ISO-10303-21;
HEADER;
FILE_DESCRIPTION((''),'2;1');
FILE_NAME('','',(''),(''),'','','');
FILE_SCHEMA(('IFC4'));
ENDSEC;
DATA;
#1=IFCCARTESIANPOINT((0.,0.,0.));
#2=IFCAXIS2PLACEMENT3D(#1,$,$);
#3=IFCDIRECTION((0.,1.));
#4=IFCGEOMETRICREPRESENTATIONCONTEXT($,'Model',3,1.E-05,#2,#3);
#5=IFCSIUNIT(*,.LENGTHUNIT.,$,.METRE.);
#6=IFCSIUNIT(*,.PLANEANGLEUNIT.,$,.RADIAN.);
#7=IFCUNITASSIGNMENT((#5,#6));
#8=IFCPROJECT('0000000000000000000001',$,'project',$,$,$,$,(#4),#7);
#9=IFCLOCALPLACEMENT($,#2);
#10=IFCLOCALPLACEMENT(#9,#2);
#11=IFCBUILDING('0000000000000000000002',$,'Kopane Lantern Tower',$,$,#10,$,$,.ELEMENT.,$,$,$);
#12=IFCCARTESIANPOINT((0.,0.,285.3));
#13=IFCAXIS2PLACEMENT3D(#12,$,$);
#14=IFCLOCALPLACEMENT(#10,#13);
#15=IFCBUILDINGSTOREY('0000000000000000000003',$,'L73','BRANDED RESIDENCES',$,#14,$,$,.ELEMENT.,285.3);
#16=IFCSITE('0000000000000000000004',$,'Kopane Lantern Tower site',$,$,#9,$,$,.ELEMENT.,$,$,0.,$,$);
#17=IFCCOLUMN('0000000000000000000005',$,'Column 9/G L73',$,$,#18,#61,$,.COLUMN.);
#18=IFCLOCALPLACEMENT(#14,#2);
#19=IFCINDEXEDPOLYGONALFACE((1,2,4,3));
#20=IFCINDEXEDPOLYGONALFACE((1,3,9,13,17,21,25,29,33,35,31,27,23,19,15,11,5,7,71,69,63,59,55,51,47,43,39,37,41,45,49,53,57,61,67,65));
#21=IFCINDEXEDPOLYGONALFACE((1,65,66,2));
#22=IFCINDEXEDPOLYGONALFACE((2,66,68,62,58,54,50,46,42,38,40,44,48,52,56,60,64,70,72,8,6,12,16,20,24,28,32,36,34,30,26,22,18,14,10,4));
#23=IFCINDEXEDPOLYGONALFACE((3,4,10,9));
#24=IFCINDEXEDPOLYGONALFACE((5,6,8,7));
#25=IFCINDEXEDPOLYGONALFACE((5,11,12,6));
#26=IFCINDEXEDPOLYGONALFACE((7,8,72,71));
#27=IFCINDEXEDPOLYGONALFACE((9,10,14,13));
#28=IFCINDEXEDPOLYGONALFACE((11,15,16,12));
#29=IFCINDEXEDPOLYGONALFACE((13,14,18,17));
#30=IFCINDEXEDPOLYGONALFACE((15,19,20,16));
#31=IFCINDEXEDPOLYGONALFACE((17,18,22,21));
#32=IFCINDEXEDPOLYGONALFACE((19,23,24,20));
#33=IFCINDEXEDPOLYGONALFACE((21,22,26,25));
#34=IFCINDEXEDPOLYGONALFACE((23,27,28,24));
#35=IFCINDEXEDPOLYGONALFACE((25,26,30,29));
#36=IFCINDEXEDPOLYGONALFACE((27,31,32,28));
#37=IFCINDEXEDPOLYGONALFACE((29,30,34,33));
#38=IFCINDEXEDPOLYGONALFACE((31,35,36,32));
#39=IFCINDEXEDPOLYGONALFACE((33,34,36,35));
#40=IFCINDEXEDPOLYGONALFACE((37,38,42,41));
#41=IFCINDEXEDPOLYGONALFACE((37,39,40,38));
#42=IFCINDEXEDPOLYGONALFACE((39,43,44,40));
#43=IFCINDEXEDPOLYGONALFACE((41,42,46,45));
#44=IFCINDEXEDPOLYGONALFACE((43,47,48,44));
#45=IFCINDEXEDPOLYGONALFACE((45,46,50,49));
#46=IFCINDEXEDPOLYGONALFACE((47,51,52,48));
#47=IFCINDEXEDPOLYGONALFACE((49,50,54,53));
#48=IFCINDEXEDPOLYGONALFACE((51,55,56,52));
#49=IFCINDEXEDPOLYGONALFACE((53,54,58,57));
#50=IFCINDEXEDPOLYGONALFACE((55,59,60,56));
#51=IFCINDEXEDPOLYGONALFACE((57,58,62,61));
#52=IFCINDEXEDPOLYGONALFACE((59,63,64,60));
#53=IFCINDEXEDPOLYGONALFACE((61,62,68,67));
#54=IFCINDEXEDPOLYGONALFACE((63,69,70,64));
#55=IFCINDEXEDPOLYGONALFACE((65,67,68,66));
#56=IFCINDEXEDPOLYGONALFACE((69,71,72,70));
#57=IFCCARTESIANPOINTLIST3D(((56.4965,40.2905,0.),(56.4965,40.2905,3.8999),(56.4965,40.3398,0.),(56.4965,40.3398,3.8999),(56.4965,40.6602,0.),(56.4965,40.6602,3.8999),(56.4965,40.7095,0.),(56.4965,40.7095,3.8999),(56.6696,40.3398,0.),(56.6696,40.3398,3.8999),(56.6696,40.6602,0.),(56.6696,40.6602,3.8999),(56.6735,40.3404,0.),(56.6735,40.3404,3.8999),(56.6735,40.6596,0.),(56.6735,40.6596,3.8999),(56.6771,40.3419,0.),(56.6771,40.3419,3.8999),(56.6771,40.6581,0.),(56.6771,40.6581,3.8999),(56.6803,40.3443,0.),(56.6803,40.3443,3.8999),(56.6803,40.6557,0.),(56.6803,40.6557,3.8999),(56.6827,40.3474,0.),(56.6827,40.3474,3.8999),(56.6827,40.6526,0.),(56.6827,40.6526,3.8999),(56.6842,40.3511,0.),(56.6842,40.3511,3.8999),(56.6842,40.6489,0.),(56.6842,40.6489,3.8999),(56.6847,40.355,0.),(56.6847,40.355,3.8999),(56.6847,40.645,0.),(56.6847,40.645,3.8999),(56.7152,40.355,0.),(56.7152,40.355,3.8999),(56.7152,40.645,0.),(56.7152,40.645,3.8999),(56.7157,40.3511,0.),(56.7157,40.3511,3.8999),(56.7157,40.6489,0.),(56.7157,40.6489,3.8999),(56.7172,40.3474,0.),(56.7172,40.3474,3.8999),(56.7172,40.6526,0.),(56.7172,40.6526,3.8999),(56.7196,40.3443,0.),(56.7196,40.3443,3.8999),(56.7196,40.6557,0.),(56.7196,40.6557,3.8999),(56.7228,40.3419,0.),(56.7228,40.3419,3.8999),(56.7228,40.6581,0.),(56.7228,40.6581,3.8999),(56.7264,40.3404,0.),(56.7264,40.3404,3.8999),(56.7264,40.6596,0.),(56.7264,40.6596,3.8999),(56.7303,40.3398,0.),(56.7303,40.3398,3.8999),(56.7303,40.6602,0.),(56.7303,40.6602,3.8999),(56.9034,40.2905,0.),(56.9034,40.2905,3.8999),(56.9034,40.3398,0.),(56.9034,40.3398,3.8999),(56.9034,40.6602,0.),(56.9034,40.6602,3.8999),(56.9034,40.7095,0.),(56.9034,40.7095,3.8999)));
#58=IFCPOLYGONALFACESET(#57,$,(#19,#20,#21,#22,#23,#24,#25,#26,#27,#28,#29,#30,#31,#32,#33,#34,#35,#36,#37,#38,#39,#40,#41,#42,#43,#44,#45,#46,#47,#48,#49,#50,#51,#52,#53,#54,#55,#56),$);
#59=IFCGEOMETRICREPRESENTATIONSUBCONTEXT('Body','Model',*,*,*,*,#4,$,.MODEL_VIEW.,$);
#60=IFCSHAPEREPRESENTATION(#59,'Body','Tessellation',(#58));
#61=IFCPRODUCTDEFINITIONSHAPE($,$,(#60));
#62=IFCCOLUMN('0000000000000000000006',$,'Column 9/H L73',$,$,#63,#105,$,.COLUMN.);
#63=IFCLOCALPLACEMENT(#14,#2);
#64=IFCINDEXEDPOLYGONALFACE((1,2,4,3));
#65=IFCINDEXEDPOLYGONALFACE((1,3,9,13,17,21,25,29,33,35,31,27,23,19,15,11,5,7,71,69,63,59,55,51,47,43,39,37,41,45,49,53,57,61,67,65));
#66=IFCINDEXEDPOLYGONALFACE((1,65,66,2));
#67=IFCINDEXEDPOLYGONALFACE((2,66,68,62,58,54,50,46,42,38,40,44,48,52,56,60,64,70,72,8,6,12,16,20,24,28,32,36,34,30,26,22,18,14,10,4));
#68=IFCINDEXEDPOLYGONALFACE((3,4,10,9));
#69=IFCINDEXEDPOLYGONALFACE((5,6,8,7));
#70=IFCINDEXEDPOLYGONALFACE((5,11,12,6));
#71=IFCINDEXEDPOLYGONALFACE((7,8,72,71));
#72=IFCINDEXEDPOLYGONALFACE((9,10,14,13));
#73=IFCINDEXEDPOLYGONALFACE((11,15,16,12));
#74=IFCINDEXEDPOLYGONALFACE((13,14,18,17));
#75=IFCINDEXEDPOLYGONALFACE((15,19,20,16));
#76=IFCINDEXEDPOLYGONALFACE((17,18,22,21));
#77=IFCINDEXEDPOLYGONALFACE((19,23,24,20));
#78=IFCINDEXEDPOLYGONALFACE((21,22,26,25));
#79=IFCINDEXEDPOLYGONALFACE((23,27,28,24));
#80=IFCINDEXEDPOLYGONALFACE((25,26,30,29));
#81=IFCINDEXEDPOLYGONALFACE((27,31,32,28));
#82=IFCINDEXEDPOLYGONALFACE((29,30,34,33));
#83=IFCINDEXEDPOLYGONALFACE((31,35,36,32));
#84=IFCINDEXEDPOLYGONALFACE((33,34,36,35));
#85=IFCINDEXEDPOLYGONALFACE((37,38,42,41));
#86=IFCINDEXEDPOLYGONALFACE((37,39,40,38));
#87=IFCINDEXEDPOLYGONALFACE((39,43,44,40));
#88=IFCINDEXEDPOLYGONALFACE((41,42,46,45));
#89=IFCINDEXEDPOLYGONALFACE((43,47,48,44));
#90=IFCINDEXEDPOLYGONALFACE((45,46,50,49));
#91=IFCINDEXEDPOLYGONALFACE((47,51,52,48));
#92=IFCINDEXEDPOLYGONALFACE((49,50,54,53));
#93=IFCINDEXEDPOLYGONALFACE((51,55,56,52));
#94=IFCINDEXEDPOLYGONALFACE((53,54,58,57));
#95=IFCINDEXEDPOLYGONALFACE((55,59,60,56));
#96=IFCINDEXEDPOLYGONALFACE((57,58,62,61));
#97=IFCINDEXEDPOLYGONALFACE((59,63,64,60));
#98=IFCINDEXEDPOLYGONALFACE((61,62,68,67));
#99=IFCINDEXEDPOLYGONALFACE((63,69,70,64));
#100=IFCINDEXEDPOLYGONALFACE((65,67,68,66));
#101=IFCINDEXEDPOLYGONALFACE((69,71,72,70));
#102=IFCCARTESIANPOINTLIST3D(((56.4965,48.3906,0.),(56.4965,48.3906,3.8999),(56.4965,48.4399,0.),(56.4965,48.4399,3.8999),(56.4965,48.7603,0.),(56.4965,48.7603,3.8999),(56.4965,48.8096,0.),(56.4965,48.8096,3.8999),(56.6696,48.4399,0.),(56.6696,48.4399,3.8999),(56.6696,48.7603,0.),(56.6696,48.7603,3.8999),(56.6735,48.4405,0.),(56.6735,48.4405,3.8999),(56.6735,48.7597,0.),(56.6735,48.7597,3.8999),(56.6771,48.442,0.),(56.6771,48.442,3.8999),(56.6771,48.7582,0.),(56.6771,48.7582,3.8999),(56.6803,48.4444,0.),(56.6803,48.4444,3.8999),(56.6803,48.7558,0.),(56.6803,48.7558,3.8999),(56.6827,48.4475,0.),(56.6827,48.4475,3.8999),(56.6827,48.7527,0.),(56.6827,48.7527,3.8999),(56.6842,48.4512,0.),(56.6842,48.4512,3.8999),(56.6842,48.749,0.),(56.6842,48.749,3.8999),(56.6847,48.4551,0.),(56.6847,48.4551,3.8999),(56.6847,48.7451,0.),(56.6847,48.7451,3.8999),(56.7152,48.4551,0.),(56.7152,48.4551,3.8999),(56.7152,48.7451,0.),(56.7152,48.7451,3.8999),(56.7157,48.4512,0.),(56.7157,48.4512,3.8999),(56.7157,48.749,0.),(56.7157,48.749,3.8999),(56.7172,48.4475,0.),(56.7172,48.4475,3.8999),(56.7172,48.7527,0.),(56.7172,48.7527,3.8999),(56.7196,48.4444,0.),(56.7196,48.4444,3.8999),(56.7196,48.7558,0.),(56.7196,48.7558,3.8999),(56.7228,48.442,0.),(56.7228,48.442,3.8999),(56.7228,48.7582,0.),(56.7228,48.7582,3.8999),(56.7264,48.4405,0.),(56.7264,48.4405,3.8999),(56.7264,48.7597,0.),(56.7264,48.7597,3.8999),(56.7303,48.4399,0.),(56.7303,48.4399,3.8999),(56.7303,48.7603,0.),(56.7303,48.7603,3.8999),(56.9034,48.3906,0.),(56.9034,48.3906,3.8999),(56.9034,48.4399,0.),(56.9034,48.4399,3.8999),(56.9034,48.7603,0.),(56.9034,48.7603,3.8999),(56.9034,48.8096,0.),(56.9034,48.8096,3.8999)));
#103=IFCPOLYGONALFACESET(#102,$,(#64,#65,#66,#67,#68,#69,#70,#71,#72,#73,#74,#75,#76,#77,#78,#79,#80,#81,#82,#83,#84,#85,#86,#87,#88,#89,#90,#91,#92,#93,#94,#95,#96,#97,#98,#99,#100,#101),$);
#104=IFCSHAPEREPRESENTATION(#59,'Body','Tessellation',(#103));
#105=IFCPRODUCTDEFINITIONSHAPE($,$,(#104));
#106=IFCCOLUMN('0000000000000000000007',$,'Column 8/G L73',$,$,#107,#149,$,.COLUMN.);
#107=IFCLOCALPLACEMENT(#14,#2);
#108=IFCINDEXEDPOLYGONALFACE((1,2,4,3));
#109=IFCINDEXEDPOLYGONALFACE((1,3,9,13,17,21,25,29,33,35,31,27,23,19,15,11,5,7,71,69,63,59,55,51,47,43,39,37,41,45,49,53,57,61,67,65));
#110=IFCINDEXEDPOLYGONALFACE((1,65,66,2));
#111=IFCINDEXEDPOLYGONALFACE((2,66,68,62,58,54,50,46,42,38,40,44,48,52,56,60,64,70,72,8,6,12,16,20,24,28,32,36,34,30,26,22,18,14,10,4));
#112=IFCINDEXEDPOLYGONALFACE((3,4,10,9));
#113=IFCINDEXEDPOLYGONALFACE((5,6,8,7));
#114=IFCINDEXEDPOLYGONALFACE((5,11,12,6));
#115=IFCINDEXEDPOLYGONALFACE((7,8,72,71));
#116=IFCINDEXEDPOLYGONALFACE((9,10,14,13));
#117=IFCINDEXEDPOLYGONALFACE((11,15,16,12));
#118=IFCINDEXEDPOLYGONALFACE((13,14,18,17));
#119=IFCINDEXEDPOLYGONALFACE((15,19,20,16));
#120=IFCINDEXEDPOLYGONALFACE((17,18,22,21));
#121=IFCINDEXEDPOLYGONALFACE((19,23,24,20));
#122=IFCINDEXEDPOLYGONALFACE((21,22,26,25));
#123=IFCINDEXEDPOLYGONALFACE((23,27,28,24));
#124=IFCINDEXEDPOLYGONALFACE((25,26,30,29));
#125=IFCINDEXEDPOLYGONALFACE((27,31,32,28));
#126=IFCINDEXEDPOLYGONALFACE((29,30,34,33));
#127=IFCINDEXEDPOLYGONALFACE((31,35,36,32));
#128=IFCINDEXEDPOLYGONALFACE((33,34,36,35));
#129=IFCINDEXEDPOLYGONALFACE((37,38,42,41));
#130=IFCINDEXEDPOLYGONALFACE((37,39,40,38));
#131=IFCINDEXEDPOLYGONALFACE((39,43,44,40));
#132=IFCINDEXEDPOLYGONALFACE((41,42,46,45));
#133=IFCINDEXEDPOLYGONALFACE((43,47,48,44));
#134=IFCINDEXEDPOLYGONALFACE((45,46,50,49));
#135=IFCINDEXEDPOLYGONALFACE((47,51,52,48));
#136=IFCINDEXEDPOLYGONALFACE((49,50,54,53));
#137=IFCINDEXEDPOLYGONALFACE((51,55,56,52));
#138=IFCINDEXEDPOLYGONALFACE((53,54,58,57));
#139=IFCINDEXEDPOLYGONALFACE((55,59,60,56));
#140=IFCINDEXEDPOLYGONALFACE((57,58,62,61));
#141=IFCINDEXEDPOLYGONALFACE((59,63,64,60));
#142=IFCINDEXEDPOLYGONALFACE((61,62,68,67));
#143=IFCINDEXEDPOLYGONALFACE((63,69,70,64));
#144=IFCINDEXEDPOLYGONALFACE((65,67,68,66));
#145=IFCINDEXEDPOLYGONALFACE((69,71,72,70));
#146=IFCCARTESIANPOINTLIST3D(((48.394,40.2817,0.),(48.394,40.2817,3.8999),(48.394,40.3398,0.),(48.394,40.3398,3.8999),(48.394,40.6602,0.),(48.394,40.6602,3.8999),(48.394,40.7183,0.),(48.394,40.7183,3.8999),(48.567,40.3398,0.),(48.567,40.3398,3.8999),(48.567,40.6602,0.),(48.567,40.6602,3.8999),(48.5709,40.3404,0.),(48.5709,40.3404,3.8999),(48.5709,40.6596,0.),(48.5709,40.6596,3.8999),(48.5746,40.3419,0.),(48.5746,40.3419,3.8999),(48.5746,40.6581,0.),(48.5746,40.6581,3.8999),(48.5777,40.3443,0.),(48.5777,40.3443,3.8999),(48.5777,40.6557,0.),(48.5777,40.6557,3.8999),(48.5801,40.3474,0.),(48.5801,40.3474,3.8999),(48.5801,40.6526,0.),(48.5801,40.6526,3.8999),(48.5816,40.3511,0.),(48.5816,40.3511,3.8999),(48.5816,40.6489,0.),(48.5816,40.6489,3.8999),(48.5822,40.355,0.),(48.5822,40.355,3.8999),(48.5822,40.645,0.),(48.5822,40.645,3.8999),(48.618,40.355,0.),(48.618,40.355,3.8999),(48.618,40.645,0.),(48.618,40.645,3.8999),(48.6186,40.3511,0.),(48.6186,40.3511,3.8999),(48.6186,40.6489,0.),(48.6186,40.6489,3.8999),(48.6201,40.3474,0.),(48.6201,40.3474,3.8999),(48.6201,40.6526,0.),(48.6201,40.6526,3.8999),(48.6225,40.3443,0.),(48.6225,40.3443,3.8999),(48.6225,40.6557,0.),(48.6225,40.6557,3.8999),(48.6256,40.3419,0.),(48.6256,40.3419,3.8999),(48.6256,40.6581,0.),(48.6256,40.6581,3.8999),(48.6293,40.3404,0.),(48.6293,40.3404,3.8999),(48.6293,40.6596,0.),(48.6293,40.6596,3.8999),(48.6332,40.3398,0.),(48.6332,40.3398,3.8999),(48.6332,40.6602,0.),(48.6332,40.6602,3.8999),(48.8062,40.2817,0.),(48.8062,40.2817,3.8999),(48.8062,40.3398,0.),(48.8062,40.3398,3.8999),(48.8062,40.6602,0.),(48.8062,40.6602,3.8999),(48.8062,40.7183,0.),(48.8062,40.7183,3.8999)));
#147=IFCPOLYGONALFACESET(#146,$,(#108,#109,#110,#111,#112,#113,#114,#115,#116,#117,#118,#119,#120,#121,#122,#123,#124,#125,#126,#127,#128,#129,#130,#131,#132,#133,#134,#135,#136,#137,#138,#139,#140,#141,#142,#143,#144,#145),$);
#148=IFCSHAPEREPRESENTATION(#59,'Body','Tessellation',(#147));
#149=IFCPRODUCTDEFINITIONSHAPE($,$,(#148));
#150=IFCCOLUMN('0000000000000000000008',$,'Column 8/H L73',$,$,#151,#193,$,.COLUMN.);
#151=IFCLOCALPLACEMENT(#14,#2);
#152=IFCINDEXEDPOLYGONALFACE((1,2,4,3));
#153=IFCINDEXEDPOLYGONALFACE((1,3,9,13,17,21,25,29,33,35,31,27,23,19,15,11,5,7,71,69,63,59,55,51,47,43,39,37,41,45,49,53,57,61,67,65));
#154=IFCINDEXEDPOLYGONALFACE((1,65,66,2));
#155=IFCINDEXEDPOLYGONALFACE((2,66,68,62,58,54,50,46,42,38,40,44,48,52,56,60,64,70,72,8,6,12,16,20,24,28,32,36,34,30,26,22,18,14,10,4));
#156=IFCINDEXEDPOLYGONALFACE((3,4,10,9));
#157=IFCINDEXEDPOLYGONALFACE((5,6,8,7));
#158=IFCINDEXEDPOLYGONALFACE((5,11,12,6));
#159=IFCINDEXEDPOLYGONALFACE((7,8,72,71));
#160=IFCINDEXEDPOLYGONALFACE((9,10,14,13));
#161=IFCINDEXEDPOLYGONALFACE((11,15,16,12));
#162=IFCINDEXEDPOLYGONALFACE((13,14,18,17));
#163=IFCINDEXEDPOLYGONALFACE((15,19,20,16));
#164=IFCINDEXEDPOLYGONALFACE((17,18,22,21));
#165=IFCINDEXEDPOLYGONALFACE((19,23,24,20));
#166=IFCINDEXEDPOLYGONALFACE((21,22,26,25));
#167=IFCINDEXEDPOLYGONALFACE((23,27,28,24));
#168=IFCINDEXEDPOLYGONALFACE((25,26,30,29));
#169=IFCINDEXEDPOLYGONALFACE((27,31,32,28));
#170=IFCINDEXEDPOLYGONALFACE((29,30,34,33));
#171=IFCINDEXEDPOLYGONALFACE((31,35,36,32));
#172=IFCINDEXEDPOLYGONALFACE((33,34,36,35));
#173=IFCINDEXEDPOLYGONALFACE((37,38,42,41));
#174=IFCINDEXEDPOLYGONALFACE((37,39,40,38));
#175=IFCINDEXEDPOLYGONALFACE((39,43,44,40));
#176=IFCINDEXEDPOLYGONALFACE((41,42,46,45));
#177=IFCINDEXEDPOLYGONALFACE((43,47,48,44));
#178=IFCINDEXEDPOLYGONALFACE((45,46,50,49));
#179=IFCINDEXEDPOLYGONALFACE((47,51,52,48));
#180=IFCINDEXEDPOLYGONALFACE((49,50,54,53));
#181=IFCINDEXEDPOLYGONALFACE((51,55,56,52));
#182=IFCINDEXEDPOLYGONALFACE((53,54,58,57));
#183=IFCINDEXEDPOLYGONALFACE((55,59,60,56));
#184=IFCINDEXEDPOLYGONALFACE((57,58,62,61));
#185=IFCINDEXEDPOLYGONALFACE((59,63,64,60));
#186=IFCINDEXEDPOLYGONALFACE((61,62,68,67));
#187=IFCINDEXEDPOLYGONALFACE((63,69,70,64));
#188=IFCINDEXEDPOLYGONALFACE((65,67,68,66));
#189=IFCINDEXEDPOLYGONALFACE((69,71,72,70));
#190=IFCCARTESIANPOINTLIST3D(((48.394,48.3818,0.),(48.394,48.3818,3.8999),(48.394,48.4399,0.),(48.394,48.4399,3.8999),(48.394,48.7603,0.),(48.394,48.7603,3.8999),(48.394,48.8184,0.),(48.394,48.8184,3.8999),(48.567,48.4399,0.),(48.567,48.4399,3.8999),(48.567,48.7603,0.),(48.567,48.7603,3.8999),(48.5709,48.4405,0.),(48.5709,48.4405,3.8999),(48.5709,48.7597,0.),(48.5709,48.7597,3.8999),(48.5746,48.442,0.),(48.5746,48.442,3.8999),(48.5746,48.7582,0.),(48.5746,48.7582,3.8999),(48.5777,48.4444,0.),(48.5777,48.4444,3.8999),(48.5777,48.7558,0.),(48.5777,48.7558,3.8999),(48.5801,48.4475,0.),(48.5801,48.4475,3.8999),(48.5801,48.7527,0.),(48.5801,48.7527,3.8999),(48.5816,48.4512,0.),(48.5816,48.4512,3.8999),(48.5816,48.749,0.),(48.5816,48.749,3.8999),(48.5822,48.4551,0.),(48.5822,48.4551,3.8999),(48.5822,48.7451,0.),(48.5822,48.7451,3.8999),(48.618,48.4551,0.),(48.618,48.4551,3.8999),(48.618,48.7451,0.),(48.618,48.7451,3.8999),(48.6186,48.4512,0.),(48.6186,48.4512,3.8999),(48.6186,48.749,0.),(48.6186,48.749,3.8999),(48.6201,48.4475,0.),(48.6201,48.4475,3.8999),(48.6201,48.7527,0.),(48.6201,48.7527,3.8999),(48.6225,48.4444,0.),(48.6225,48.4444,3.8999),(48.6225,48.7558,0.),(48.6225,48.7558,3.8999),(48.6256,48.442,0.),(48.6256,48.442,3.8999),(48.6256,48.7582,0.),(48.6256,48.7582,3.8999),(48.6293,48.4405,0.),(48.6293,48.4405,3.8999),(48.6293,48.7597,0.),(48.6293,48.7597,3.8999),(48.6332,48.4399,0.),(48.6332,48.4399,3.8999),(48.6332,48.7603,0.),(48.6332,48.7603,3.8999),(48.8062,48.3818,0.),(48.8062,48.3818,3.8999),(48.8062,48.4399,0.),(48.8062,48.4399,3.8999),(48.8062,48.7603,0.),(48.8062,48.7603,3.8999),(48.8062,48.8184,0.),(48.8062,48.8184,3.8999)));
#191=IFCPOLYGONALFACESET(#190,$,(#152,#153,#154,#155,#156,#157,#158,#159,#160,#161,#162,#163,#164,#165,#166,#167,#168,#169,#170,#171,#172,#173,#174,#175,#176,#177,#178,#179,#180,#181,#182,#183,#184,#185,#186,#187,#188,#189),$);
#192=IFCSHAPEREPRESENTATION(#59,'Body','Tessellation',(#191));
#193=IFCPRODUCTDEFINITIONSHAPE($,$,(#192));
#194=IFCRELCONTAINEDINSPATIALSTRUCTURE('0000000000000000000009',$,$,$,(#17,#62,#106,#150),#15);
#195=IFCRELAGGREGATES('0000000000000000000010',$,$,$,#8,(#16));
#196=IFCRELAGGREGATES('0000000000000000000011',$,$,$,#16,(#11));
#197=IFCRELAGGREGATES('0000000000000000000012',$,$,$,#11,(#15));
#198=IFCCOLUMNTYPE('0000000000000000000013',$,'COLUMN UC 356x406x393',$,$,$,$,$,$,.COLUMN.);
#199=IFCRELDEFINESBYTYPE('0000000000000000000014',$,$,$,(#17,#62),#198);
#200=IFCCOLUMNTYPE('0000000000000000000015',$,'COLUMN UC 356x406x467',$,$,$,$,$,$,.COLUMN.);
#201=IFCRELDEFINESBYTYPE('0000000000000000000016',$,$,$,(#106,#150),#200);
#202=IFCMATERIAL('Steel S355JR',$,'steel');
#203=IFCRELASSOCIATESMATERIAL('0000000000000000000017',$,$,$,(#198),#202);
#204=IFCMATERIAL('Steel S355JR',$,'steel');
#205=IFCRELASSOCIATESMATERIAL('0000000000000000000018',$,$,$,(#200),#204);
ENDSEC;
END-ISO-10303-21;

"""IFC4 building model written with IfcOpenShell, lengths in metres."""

from ifc_helpers import new_model, si_unit, direction, frame, origin, origin_2d, place, context, subcontext, project, spatial, i_section, extrude, material, material_profile, profile_set, type_object, element, save


model = new_model("IFC4")

# Units and contexts
model_context = context("Model", 3, precision=1e-05, world=origin(), true_north=direction((0.0, 1.0)))
body_context = subcontext(model_context, "Body", "Model", "MODEL_VIEW")
ifc_project = project(units=[si_unit("LENGTHUNIT", "METRE"), si_unit("PLANEANGLEUNIT", "RADIAN")], contexts=[model_context])

# Site, building, storey
site_placement = place(None, origin())
site = spatial("IfcSite", under=ifc_project, at=site_placement, Name="Kopane Lantern Tower site", CompositionType="ELEMENT", RefElevation=0.0)
building_placement = place(site_placement, origin())
building = spatial("IfcBuilding", under=site, at=building_placement, Name="Kopane Lantern Tower", CompositionType="ELEMENT")
storey_placement = place(building_placement, frame((0.0, 0.0, 285.3)))
storey = spatial("IfcBuildingStorey", under=building, at=storey_placement, Name="L73", Description="BRANDED RESIDENCES", CompositionType="ELEMENT", Elevation=285.3)

# Columns
ifc_material_1 = material(Name="Steel S355JR", Category="steel")
ifc_material_profile_1 = material_profile(ifc_material_1, i_section(OverallWidth=0.407, OverallDepth=0.4189, WebThickness=0.0305, FlangeThickness=0.0493, FilletRadius=0.0151, at=origin_2d()), Name="UC 356x406x393")
ifc_profile_set_1 = profile_set([ifc_material_profile_1], Name="Steel S355JR")
column_type_1 = type_object("IfcColumnType", Name="COLUMN UC 356x406x393", PredefinedType="COLUMN", material=ifc_profile_set_1)
for number, where, z_axis, x_axis, name in (
    (1, (56.7, 40.5, 0.0), (0.0, 0.0, 1.0), (1.0, 0.0, 0.0), "Column 9/G L73"),
    (2, (56.7, 48.6001, 0.0), (0.0, 0.0, 1.0), (1.0, 0.0, 0.0), "Column 9/H L73"),
):
    element("IfcColumn", number, at=place(storey_placement, frame(where, z_axis=z_axis, x_axis=x_axis)), inside=storey, type_object=column_type_1, Name=name, PredefinedType="COLUMN", context=body_context, shape_type="SweptSolid", body=[
        extrude(i_section(OverallWidth=0.407, OverallDepth=0.4189, WebThickness=0.0305, FlangeThickness=0.0493, FilletRadius=0.0151, at=origin_2d()), origin(), (0.0, 0.0, 1.0), 3.8999),
    ])
ifc_material_2 = material(Name="Steel S355JR", Category="steel")
ifc_material_profile_2 = material_profile(ifc_material_2, i_section(OverallWidth=0.4121, OverallDepth=0.4365, WebThickness=0.0359, FlangeThickness=0.0581, FilletRadius=0.0151, at=origin_2d()), Name="UC 356x406x467")
ifc_profile_set_2 = profile_set([ifc_material_profile_2], Name="Steel S355JR")
column_type_2 = type_object("IfcColumnType", Name="COLUMN UC 356x406x467", PredefinedType="COLUMN", material=ifc_profile_set_2)
for number, where, z_axis, x_axis, name in (
    (3, (48.6001, 40.5, 0.0), (0.0, 0.0, 1.0), (1.0, 0.0, 0.0), "Column 8/G L73"),
    (4, (48.6001, 48.6001, 0.0), (0.0, 0.0, 1.0), (1.0, 0.0, 0.0), "Column 8/H L73"),
):
    element("IfcColumn", number, at=place(storey_placement, frame(where, z_axis=z_axis, x_axis=x_axis)), inside=storey, type_object=column_type_2, Name=name, PredefinedType="COLUMN", context=body_context, shape_type="SweptSolid", body=[
        extrude(i_section(OverallWidth=0.4121, OverallDepth=0.4365, WebThickness=0.0359, FlangeThickness=0.0581, FilletRadius=0.0151, at=origin_2d()), origin(), (0.0, 0.0, 1.0), 3.8999),
    ])

save(model, "model.ifc")
